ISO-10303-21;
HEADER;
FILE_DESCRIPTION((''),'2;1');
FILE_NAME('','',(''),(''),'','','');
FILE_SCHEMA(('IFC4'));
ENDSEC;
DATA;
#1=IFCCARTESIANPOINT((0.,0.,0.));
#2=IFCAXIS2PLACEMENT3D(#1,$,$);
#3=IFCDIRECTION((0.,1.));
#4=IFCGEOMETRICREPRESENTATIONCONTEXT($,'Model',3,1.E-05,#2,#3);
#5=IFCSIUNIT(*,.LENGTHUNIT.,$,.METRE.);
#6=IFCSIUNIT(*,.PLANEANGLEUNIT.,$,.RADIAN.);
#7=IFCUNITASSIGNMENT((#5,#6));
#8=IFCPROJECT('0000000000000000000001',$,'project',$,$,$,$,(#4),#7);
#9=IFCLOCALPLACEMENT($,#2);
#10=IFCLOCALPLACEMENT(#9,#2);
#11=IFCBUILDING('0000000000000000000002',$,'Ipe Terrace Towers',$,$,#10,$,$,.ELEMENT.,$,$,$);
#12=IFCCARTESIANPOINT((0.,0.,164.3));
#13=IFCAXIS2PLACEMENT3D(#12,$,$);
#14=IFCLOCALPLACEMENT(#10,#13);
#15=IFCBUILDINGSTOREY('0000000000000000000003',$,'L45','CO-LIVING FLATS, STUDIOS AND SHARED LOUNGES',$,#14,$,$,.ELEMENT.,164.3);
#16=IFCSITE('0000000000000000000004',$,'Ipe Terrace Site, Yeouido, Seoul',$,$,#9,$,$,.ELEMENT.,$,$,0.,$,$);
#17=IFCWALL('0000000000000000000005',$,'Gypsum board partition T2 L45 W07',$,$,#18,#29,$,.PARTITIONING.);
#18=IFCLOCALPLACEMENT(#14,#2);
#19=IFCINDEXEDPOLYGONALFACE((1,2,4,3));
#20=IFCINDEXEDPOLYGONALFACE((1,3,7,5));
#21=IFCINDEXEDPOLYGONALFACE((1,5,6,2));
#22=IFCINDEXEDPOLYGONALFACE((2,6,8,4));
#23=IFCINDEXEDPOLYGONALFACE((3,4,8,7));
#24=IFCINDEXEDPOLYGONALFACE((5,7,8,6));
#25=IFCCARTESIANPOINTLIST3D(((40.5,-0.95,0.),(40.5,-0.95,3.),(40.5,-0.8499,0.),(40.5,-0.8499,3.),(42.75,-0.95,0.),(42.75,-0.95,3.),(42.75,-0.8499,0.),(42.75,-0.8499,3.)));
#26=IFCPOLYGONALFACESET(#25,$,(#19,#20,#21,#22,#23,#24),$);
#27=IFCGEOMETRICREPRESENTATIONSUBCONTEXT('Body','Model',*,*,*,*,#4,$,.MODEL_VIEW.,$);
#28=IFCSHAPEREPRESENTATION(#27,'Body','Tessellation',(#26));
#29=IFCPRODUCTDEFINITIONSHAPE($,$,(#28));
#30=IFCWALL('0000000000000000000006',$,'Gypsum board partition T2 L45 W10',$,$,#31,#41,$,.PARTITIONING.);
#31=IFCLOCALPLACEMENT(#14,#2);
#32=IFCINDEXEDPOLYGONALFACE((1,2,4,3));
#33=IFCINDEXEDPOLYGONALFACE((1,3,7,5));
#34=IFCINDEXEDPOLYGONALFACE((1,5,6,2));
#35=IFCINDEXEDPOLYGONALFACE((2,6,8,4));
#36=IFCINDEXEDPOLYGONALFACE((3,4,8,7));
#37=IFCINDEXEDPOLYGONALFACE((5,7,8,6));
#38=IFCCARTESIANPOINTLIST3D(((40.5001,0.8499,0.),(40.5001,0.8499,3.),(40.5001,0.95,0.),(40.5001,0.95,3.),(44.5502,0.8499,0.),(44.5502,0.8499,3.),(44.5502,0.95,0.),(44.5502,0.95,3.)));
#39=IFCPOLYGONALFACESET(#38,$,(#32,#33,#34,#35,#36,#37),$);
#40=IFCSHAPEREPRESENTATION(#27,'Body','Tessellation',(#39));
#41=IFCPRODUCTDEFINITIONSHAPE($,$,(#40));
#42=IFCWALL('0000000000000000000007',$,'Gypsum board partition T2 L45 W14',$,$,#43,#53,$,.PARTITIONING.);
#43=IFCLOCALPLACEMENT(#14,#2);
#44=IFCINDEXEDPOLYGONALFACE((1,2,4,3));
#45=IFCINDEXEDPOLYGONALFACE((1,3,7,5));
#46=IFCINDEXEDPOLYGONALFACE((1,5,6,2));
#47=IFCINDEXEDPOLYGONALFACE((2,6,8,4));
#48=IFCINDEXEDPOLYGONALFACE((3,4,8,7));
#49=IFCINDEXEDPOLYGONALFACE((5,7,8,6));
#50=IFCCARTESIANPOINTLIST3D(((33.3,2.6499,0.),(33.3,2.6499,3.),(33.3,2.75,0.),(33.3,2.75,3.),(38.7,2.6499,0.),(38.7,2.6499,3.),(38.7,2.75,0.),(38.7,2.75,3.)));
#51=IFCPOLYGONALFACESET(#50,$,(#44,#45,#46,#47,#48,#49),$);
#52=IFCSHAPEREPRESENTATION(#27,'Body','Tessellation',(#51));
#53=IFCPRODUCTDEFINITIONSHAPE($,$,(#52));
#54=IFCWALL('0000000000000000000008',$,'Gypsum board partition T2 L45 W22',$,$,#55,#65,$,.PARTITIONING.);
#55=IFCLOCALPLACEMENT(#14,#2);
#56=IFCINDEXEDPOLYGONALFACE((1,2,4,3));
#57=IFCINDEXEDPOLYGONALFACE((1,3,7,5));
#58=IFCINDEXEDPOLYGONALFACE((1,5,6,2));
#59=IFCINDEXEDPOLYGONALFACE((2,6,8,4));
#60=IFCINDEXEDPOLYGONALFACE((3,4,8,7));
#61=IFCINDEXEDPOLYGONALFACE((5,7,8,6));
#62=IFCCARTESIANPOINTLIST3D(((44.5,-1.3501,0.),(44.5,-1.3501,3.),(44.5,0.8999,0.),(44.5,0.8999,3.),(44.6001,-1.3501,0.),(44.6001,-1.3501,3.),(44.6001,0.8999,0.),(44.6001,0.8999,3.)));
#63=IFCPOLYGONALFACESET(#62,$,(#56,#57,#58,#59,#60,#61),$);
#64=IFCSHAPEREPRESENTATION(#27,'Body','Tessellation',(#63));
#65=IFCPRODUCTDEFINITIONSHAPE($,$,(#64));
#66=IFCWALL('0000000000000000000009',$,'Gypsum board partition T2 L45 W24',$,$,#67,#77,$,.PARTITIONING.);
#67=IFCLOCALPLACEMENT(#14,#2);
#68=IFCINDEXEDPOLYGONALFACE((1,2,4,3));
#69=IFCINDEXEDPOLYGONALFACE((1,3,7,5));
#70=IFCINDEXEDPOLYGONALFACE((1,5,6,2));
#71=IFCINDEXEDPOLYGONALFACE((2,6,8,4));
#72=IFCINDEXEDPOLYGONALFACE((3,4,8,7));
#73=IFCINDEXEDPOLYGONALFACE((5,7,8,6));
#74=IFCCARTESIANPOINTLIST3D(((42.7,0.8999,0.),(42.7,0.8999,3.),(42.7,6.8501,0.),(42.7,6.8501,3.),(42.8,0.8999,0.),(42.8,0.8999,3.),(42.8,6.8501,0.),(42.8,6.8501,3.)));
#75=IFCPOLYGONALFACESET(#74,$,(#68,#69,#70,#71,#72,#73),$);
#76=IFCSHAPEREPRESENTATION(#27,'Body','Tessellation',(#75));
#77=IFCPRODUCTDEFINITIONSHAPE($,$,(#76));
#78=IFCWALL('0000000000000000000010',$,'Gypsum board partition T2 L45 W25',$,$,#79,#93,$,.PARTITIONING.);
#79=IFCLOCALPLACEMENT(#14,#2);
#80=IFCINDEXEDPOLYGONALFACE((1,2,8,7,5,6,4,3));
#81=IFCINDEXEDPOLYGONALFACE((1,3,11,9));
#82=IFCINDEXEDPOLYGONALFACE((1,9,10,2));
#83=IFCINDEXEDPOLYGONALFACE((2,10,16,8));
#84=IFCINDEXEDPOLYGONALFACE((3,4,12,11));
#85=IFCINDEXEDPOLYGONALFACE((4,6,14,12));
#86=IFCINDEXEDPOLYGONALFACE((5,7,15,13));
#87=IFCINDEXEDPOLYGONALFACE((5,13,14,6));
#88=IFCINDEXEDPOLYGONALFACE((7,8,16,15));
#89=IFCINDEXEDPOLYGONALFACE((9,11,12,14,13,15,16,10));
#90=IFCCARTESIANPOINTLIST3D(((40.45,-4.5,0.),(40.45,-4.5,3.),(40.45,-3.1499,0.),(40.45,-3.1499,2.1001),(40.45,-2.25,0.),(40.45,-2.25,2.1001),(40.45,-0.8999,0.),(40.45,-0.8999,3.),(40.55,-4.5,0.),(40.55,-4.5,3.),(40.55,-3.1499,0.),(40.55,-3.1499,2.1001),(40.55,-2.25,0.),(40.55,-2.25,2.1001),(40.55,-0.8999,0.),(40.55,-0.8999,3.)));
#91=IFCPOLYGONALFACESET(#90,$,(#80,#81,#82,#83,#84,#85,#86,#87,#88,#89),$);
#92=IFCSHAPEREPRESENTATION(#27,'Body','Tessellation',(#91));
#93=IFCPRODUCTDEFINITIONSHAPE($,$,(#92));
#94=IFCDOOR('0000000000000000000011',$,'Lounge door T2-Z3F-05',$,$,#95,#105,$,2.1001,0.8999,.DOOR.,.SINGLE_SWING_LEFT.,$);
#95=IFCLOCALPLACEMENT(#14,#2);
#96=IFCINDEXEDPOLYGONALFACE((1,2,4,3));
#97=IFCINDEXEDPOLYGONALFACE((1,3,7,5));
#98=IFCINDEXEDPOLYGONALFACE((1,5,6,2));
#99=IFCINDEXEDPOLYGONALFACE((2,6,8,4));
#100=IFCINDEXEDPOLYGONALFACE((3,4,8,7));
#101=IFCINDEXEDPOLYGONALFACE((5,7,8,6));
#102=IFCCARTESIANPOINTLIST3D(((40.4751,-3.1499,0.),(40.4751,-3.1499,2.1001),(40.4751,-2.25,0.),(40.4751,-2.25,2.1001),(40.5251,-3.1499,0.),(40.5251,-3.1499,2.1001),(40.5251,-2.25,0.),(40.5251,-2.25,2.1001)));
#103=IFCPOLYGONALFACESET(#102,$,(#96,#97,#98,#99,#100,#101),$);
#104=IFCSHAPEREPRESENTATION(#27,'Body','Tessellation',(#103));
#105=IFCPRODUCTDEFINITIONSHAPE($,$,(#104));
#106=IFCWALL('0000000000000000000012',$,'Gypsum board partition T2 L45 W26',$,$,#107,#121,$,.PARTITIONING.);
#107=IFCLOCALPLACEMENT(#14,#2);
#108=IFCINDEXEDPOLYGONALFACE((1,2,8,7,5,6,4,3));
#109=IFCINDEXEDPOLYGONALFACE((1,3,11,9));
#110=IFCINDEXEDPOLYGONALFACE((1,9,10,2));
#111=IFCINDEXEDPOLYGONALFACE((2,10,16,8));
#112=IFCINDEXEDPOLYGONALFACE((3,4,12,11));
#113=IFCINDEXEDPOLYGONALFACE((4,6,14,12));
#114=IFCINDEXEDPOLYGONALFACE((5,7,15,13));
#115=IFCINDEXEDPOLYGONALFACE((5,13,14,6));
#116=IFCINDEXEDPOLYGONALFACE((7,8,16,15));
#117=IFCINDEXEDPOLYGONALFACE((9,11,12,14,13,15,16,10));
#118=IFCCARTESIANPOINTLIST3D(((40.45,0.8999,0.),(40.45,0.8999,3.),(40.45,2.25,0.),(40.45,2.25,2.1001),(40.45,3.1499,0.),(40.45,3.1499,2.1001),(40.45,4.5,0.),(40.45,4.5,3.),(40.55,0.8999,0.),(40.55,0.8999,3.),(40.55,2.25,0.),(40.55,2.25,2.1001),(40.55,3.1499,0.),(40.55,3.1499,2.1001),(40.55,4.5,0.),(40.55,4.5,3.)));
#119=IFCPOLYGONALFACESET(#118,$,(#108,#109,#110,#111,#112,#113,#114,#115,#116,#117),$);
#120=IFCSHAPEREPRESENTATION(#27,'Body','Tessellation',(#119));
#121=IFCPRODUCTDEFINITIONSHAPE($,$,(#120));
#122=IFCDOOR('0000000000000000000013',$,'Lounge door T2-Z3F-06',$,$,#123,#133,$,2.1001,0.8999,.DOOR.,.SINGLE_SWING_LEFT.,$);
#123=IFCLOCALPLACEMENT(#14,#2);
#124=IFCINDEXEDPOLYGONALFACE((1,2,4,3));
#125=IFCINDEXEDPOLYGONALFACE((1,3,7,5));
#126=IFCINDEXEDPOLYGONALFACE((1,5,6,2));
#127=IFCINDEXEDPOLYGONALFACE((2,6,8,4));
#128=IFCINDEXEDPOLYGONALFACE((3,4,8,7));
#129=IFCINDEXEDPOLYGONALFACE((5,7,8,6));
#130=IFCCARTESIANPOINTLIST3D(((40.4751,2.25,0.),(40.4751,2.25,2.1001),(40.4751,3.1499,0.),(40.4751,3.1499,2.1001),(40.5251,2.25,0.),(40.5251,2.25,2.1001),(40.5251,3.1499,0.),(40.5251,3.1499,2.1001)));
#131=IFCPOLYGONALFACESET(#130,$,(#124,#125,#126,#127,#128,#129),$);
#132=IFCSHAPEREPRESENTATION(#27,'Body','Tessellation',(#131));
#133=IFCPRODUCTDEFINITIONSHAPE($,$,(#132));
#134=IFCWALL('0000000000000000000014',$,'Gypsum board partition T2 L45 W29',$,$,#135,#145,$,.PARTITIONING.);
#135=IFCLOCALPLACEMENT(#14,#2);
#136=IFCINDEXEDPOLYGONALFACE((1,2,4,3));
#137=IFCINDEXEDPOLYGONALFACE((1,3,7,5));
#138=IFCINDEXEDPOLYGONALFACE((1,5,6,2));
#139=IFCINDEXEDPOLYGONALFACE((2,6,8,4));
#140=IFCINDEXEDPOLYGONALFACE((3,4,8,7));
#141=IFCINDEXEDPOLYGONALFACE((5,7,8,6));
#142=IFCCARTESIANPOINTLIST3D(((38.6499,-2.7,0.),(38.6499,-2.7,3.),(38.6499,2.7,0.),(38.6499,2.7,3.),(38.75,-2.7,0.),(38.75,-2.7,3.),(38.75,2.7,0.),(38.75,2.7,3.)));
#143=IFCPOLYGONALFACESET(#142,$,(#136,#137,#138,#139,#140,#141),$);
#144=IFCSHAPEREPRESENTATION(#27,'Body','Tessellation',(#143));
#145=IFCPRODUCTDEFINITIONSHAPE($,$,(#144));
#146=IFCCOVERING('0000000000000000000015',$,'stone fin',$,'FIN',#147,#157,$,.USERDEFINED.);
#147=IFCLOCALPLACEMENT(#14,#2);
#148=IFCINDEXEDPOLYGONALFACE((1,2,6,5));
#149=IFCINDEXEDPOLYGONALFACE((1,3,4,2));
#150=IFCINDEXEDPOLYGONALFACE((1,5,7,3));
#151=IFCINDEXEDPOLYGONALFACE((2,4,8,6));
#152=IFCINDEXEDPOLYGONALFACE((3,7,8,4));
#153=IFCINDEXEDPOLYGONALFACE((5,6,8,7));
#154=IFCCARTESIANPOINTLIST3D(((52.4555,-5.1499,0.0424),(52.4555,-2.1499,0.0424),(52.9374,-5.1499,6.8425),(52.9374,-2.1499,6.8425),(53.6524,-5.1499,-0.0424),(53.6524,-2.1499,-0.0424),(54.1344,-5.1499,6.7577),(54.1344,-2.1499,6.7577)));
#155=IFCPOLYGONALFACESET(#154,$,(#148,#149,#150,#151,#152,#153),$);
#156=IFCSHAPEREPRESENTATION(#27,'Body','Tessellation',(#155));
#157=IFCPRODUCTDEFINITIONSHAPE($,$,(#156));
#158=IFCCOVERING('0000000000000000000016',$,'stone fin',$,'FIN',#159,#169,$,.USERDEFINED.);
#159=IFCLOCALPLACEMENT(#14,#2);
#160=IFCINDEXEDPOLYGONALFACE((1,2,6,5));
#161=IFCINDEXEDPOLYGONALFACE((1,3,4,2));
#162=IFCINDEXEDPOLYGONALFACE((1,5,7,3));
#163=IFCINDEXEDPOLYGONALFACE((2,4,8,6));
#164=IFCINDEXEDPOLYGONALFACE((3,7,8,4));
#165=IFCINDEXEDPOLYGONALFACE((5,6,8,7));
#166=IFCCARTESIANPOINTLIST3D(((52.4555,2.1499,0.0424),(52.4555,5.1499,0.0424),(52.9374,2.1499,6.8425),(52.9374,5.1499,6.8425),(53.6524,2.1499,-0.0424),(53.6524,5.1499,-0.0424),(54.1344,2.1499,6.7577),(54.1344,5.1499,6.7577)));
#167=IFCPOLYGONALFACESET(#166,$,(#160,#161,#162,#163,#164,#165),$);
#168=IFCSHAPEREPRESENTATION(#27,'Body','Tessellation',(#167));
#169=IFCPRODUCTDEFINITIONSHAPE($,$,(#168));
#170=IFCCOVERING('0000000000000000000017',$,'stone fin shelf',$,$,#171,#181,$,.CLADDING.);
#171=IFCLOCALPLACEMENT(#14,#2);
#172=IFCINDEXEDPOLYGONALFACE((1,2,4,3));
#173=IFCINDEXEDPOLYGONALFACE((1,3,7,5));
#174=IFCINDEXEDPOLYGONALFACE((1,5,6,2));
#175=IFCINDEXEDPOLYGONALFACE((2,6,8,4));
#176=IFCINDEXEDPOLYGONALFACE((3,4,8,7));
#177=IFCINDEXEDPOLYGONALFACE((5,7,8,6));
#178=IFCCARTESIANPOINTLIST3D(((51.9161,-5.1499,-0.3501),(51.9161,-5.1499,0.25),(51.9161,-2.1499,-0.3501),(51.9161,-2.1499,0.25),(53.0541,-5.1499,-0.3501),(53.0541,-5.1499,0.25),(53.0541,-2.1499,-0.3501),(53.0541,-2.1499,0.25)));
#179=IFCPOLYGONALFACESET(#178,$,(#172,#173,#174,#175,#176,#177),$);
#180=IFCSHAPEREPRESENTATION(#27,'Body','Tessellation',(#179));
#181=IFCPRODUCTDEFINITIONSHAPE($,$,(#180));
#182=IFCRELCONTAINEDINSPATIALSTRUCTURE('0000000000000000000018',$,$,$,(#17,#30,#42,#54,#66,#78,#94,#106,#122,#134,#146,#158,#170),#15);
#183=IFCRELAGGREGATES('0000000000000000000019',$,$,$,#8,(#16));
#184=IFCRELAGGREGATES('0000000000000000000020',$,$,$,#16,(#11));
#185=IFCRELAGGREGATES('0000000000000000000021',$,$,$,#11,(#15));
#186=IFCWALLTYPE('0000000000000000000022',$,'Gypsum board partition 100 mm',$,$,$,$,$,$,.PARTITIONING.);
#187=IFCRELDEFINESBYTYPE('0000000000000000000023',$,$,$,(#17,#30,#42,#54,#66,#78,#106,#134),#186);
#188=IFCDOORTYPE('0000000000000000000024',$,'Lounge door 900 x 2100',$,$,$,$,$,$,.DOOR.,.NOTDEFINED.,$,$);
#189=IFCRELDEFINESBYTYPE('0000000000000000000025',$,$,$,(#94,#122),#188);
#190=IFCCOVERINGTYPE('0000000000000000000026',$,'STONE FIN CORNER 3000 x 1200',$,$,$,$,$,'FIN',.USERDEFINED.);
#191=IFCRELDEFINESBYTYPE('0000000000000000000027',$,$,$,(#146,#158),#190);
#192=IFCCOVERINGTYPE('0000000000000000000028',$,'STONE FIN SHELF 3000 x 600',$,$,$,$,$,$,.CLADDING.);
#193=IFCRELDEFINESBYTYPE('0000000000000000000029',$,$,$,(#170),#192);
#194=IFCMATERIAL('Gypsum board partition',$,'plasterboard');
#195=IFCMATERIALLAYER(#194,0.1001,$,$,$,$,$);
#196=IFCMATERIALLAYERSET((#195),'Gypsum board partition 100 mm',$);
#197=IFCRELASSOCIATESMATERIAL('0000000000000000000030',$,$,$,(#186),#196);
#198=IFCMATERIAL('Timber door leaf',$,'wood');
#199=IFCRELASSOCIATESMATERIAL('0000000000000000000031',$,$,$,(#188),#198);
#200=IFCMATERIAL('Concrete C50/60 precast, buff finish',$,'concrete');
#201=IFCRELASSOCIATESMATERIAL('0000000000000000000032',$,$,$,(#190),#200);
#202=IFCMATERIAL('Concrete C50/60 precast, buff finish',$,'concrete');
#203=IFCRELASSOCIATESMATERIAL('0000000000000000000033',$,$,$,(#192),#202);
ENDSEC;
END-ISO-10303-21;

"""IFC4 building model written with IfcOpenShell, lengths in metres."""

from ifc_helpers import new_model, si_unit, direction, frame, frame_2d, origin, origin_2d, place, context, subcontext, project, spatial, rectangle, extrude, material, layer, layer_set, material_profile, profile_set, type_object, element, fill, save


model = new_model("IFC4")

# Units and contexts
model_context = context("Model", 3, precision=1e-05, world=origin(), true_north=direction((0.0, 1.0)))
body_context = subcontext(model_context, "Body", "Model", "MODEL_VIEW")
ifc_project = project(units=[si_unit("LENGTHUNIT", "METRE"), si_unit("PLANEANGLEUNIT", "RADIAN")], contexts=[model_context])

# Site, building, storey
site_placement = place(None, origin())
site = spatial("IfcSite", under=ifc_project, at=site_placement, Name="Ipe Terrace Site, Yeouido, Seoul", CompositionType="ELEMENT", RefElevation=0.0)
building_placement = place(site_placement, origin())
building = spatial("IfcBuilding", under=site, at=building_placement, Name="Ipe Terrace Towers", CompositionType="ELEMENT")
storey_placement = place(building_placement, frame((0.0, 0.0, 164.3)))
storey = spatial("IfcBuildingStorey", under=building, at=storey_placement, Name="L45", Description="CO-LIVING FLATS, STUDIOS AND SHARED LOUNGES", CompositionType="ELEMENT", Elevation=164.3)

# Shared definitions
ifc_material_1 = material(Name="Gypsum board partition", Category="plasterboard")
ifc_layer_1 = layer(ifc_material_1, 0.1001)
ifc_layer_set_1 = layer_set([ifc_layer_1], Name="Gypsum board partition 100 mm")
wall_type_1 = type_object("IfcWallType", Name="Gypsum board partition 100 mm", PredefinedType="PARTITIONING", material=ifc_layer_set_1)

# Shared definitions
ifc_material_2 = material(Name="Timber door leaf", Category="wood")
door_type = type_object("IfcDoorType", Name="Lounge door 900 x 2100", OperationType="NOTDEFINED", PredefinedType="DOOR", material=ifc_material_2)

# Walls
wall_1_placement = place(storey_placement, frame((42.75, -0.8999, 0.0), z_axis=(0.0, 0.0, 1.0), x_axis=(-1.0, 0.0, 0.0)))
element("IfcWall", 1, at=wall_1_placement, inside=storey, type_object=wall_type_1, Name="Gypsum board partition T2 L45 W07", PredefinedType="PARTITIONING", context=body_context, shape_type="SweptSolid", body=[
    extrude(rectangle(XDim=2.25, YDim=0.1001, at=frame_2d((1.125, 0.0))), origin(), (0.0, 0.0, 1.0), 3.0),
])
wall_2_placement = place(storey_placement, frame((44.55, 0.8999, 0.0), z_axis=(0.0, 0.0, 1.0), x_axis=(-1.0, 0.0, 0.0)))
element("IfcWall", 2, at=wall_2_placement, inside=storey, type_object=wall_type_1, Name="Gypsum board partition T2 L45 W10", PredefinedType="PARTITIONING", context=body_context, shape_type="SweptSolid", body=[
    extrude(rectangle(XDim=4.05, YDim=0.1001, at=frame_2d((2.0249, 0.0))), origin(), (0.0, 0.0, 1.0), 3.0),
])
wall_3_placement = place(storey_placement, frame((38.7, 2.7, 0.0), z_axis=(0.0, 0.0, 1.0), x_axis=(-1.0, 0.0, 0.0)))
element("IfcWall", 3, at=wall_3_placement, inside=storey, type_object=wall_type_1, Name="Gypsum board partition T2 L45 W14", PredefinedType="PARTITIONING", context=body_context, shape_type="SweptSolid", body=[
    extrude(rectangle(XDim=5.3999, YDim=0.1001, at=frame_2d((2.7, 0.0))), origin(), (0.0, 0.0, 1.0), 3.0),
])
wall_4_placement = place(storey_placement, frame((44.55, -1.3501, 0.0), z_axis=(0.0, 0.0, 1.0), x_axis=(0.0, 1.0, 0.0)))
element("IfcWall", 4, at=wall_4_placement, inside=storey, type_object=wall_type_1, Name="Gypsum board partition T2 L45 W22", PredefinedType="PARTITIONING", context=body_context, shape_type="SweptSolid", body=[
    extrude(rectangle(XDim=2.25, YDim=0.1001, at=frame_2d((1.125, 0.0))), origin(), (0.0, 0.0, 1.0), 3.0),
])
wall_5_placement = place(storey_placement, frame((42.75, 0.8999, 0.0), z_axis=(0.0, 0.0, 1.0), x_axis=(0.0, 1.0, 0.0)))
element("IfcWall", 5, at=wall_5_placement, inside=storey, type_object=wall_type_1, Name="Gypsum board partition T2 L45 W24", PredefinedType="PARTITIONING", context=body_context, shape_type="SweptSolid", body=[
    extrude(rectangle(XDim=5.9502, YDim=0.1001, at=frame_2d((2.9751, 0.0))), origin(), (0.0, 0.0, 1.0), 3.0),
])

# Walls, openings, doors
wall_6_placement = place(storey_placement, frame((40.5, -4.5, 0.0), z_axis=(0.0, 0.0, 1.0), x_axis=(0.0, 1.0, 0.0)))
wall_6 = element("IfcWall", 6, at=wall_6_placement, inside=storey, type_object=wall_type_1, Name="Gypsum board partition T2 L45 W25", PredefinedType="PARTITIONING", context=body_context, shape_type="SweptSolid", body=[
    extrude(rectangle(XDim=3.6001, YDim=0.1001, at=frame_2d((1.8, 0.0))), origin(), (0.0, 0.0, 1.0), 3.0),
])
opening_1_placement = place(wall_6_placement, frame((1.3501, 0.0, 0.0)))
opening_1 = element("IfcOpeningElement", 7, at=opening_1_placement, cuts=wall_6, PredefinedType="OPENING", context=body_context, shape_type="SweptSolid", body=[
    extrude(rectangle(XDim=0.8999, YDim=2.1001, at=frame_2d((0.45, 1.05))), frame((0.0, 0.0601, 0.0), z_axis=(0.0, -1.0, 0.0), x_axis=(1.0, 0.0, 0.0)), (0.0, 0.0, 1.0), 0.1201),
])
door_1_placement = place(opening_1_placement, origin())
door_1 = element("IfcDoor", 8, at=door_1_placement, inside=storey, type_object=door_type, Name="Lounge door T2-Z3F-05", OperationType="SINGLE_SWING_LEFT", OverallHeight=2.1001, OverallWidth=0.8999, PredefinedType="DOOR", context=body_context, shape_type="SweptSolid", body=[
    extrude(rectangle(XDim=0.8999, YDim=2.1001, at=frame_2d((0.45, 1.05))), frame((0.0, 0.0249, 0.0), z_axis=(0.0, -1.0, 0.0), x_axis=(1.0, 0.0, 0.0)), (0.0, 0.0, 1.0), 0.05),
])
fill(opening_1, door_1)
wall_7_placement = place(storey_placement, frame((40.5, 0.8999, 0.0), z_axis=(0.0, 0.0, 1.0), x_axis=(0.0, 1.0, 0.0)))
wall_7 = element("IfcWall", 9, at=wall_7_placement, inside=storey, type_object=wall_type_1, Name="Gypsum board partition T2 L45 W26", PredefinedType="PARTITIONING", context=body_context, shape_type="SweptSolid", body=[
    extrude(rectangle(XDim=3.6001, YDim=0.1001, at=frame_2d((1.8, 0.0))), origin(), (0.0, 0.0, 1.0), 3.0),
])
opening_2_placement = place(wall_7_placement, frame((1.3501, 0.0, 0.0)))
opening_2 = element("IfcOpeningElement", 10, at=opening_2_placement, cuts=wall_7, PredefinedType="OPENING", context=body_context, shape_type="SweptSolid", body=[
    extrude(rectangle(XDim=0.8999, YDim=2.1001, at=frame_2d((0.45, 1.05))), frame((0.0, 0.0601, 0.0), z_axis=(0.0, -1.0, 0.0), x_axis=(1.0, 0.0, 0.0)), (0.0, 0.0, 1.0), 0.1201),
])
door_2_placement = place(opening_2_placement, origin())
door_2 = element("IfcDoor", 11, at=door_2_placement, inside=storey, type_object=door_type, Name="Lounge door T2-Z3F-06", OperationType="SINGLE_SWING_LEFT", OverallHeight=2.1001, OverallWidth=0.8999, PredefinedType="DOOR", context=body_context, shape_type="SweptSolid", body=[
    extrude(rectangle(XDim=0.8999, YDim=2.1001, at=frame_2d((0.45, 1.05))), frame((0.0, 0.0249, 0.0), z_axis=(0.0, -1.0, 0.0), x_axis=(1.0, 0.0, 0.0)), (0.0, 0.0, 1.0), 0.05),
])
fill(opening_2, door_2)

# Wall
wall_8_placement = place(storey_placement, frame((38.7, -2.7, 0.0), z_axis=(0.0, 0.0, 1.0), x_axis=(0.0, 1.0, 0.0)))
element("IfcWall", 12, at=wall_8_placement, inside=storey, type_object=wall_type_1, Name="Gypsum board partition T2 L45 W29", PredefinedType="PARTITIONING", context=body_context, shape_type="SweptSolid", body=[
    extrude(rectangle(XDim=5.3999, YDim=0.1001, at=frame_2d((2.7, 0.0))), origin(), (0.0, 0.0, 1.0), 3.0),
])

# Coverings
ifc_material_3 = material(Name="Concrete C50/60 precast, buff finish", Category="concrete")
ifc_material_profile_1 = material_profile(ifc_material_3, rectangle(XDim=3.0, YDim=1.2, at=origin_2d()), Name="STONE FIN CORNER 3000 x 1200")
ifc_profile_set_1 = profile_set([ifc_material_profile_1], Name="Concrete C50/60 precast, buff finish")
covering_type_1 = type_object("IfcCoveringType", Name="STONE FIN CORNER 3000 x 1200", ElementType="FIN", PredefinedType="USERDEFINED", material=ifc_profile_set_1)
for number, where, z_axis, x_axis, name in (
    (13, (53.054, -3.6499, 0.0), (0.070695, 0.0, 0.997498), (0.0, 1.0, 0.0), "stone fin"),
    (14, (53.054, 3.6499, 0.0), (0.070695, 0.0, 0.997498), (0.0, 1.0, 0.0), "stone fin"),
):
    element("IfcCovering", number, at=place(storey_placement, frame(where, z_axis=z_axis, x_axis=x_axis)), inside=storey, type_object=covering_type_1, Name=name, ObjectType="FIN", PredefinedType="USERDEFINED", context=body_context, shape_type="SweptSolid", body=[
        extrude(rectangle(XDim=3.0, YDim=1.2, at=origin_2d()), origin(), (0.0, 0.0, 1.0), 6.8171),
    ])
ifc_material_4 = material(Name="Concrete C50/60 precast, buff finish", Category="concrete")
covering_type_2 = type_object("IfcCoveringType", Name="STONE FIN SHELF 3000 x 600", PredefinedType="CLADDING", material=ifc_material_4)
for number, where, z_axis, x_axis, name in (
    (15, (52.4851, -3.6499, -0.3501), (0.0, 0.0, 1.0), (0.0, 1.0, 0.0), "stone fin shelf"),
):
    element("IfcCovering", number, at=place(storey_placement, frame(where, z_axis=z_axis, x_axis=x_axis)), inside=storey, type_object=covering_type_2, Name=name, PredefinedType="CLADDING", context=body_context, shape_type="SweptSolid", body=[
        extrude(rectangle(XDim=3.0, YDim=1.1379, at=origin_2d()), origin(), (0.0, 0.0, 1.0), 0.6001),
    ])

save(model, "model.ifc")
